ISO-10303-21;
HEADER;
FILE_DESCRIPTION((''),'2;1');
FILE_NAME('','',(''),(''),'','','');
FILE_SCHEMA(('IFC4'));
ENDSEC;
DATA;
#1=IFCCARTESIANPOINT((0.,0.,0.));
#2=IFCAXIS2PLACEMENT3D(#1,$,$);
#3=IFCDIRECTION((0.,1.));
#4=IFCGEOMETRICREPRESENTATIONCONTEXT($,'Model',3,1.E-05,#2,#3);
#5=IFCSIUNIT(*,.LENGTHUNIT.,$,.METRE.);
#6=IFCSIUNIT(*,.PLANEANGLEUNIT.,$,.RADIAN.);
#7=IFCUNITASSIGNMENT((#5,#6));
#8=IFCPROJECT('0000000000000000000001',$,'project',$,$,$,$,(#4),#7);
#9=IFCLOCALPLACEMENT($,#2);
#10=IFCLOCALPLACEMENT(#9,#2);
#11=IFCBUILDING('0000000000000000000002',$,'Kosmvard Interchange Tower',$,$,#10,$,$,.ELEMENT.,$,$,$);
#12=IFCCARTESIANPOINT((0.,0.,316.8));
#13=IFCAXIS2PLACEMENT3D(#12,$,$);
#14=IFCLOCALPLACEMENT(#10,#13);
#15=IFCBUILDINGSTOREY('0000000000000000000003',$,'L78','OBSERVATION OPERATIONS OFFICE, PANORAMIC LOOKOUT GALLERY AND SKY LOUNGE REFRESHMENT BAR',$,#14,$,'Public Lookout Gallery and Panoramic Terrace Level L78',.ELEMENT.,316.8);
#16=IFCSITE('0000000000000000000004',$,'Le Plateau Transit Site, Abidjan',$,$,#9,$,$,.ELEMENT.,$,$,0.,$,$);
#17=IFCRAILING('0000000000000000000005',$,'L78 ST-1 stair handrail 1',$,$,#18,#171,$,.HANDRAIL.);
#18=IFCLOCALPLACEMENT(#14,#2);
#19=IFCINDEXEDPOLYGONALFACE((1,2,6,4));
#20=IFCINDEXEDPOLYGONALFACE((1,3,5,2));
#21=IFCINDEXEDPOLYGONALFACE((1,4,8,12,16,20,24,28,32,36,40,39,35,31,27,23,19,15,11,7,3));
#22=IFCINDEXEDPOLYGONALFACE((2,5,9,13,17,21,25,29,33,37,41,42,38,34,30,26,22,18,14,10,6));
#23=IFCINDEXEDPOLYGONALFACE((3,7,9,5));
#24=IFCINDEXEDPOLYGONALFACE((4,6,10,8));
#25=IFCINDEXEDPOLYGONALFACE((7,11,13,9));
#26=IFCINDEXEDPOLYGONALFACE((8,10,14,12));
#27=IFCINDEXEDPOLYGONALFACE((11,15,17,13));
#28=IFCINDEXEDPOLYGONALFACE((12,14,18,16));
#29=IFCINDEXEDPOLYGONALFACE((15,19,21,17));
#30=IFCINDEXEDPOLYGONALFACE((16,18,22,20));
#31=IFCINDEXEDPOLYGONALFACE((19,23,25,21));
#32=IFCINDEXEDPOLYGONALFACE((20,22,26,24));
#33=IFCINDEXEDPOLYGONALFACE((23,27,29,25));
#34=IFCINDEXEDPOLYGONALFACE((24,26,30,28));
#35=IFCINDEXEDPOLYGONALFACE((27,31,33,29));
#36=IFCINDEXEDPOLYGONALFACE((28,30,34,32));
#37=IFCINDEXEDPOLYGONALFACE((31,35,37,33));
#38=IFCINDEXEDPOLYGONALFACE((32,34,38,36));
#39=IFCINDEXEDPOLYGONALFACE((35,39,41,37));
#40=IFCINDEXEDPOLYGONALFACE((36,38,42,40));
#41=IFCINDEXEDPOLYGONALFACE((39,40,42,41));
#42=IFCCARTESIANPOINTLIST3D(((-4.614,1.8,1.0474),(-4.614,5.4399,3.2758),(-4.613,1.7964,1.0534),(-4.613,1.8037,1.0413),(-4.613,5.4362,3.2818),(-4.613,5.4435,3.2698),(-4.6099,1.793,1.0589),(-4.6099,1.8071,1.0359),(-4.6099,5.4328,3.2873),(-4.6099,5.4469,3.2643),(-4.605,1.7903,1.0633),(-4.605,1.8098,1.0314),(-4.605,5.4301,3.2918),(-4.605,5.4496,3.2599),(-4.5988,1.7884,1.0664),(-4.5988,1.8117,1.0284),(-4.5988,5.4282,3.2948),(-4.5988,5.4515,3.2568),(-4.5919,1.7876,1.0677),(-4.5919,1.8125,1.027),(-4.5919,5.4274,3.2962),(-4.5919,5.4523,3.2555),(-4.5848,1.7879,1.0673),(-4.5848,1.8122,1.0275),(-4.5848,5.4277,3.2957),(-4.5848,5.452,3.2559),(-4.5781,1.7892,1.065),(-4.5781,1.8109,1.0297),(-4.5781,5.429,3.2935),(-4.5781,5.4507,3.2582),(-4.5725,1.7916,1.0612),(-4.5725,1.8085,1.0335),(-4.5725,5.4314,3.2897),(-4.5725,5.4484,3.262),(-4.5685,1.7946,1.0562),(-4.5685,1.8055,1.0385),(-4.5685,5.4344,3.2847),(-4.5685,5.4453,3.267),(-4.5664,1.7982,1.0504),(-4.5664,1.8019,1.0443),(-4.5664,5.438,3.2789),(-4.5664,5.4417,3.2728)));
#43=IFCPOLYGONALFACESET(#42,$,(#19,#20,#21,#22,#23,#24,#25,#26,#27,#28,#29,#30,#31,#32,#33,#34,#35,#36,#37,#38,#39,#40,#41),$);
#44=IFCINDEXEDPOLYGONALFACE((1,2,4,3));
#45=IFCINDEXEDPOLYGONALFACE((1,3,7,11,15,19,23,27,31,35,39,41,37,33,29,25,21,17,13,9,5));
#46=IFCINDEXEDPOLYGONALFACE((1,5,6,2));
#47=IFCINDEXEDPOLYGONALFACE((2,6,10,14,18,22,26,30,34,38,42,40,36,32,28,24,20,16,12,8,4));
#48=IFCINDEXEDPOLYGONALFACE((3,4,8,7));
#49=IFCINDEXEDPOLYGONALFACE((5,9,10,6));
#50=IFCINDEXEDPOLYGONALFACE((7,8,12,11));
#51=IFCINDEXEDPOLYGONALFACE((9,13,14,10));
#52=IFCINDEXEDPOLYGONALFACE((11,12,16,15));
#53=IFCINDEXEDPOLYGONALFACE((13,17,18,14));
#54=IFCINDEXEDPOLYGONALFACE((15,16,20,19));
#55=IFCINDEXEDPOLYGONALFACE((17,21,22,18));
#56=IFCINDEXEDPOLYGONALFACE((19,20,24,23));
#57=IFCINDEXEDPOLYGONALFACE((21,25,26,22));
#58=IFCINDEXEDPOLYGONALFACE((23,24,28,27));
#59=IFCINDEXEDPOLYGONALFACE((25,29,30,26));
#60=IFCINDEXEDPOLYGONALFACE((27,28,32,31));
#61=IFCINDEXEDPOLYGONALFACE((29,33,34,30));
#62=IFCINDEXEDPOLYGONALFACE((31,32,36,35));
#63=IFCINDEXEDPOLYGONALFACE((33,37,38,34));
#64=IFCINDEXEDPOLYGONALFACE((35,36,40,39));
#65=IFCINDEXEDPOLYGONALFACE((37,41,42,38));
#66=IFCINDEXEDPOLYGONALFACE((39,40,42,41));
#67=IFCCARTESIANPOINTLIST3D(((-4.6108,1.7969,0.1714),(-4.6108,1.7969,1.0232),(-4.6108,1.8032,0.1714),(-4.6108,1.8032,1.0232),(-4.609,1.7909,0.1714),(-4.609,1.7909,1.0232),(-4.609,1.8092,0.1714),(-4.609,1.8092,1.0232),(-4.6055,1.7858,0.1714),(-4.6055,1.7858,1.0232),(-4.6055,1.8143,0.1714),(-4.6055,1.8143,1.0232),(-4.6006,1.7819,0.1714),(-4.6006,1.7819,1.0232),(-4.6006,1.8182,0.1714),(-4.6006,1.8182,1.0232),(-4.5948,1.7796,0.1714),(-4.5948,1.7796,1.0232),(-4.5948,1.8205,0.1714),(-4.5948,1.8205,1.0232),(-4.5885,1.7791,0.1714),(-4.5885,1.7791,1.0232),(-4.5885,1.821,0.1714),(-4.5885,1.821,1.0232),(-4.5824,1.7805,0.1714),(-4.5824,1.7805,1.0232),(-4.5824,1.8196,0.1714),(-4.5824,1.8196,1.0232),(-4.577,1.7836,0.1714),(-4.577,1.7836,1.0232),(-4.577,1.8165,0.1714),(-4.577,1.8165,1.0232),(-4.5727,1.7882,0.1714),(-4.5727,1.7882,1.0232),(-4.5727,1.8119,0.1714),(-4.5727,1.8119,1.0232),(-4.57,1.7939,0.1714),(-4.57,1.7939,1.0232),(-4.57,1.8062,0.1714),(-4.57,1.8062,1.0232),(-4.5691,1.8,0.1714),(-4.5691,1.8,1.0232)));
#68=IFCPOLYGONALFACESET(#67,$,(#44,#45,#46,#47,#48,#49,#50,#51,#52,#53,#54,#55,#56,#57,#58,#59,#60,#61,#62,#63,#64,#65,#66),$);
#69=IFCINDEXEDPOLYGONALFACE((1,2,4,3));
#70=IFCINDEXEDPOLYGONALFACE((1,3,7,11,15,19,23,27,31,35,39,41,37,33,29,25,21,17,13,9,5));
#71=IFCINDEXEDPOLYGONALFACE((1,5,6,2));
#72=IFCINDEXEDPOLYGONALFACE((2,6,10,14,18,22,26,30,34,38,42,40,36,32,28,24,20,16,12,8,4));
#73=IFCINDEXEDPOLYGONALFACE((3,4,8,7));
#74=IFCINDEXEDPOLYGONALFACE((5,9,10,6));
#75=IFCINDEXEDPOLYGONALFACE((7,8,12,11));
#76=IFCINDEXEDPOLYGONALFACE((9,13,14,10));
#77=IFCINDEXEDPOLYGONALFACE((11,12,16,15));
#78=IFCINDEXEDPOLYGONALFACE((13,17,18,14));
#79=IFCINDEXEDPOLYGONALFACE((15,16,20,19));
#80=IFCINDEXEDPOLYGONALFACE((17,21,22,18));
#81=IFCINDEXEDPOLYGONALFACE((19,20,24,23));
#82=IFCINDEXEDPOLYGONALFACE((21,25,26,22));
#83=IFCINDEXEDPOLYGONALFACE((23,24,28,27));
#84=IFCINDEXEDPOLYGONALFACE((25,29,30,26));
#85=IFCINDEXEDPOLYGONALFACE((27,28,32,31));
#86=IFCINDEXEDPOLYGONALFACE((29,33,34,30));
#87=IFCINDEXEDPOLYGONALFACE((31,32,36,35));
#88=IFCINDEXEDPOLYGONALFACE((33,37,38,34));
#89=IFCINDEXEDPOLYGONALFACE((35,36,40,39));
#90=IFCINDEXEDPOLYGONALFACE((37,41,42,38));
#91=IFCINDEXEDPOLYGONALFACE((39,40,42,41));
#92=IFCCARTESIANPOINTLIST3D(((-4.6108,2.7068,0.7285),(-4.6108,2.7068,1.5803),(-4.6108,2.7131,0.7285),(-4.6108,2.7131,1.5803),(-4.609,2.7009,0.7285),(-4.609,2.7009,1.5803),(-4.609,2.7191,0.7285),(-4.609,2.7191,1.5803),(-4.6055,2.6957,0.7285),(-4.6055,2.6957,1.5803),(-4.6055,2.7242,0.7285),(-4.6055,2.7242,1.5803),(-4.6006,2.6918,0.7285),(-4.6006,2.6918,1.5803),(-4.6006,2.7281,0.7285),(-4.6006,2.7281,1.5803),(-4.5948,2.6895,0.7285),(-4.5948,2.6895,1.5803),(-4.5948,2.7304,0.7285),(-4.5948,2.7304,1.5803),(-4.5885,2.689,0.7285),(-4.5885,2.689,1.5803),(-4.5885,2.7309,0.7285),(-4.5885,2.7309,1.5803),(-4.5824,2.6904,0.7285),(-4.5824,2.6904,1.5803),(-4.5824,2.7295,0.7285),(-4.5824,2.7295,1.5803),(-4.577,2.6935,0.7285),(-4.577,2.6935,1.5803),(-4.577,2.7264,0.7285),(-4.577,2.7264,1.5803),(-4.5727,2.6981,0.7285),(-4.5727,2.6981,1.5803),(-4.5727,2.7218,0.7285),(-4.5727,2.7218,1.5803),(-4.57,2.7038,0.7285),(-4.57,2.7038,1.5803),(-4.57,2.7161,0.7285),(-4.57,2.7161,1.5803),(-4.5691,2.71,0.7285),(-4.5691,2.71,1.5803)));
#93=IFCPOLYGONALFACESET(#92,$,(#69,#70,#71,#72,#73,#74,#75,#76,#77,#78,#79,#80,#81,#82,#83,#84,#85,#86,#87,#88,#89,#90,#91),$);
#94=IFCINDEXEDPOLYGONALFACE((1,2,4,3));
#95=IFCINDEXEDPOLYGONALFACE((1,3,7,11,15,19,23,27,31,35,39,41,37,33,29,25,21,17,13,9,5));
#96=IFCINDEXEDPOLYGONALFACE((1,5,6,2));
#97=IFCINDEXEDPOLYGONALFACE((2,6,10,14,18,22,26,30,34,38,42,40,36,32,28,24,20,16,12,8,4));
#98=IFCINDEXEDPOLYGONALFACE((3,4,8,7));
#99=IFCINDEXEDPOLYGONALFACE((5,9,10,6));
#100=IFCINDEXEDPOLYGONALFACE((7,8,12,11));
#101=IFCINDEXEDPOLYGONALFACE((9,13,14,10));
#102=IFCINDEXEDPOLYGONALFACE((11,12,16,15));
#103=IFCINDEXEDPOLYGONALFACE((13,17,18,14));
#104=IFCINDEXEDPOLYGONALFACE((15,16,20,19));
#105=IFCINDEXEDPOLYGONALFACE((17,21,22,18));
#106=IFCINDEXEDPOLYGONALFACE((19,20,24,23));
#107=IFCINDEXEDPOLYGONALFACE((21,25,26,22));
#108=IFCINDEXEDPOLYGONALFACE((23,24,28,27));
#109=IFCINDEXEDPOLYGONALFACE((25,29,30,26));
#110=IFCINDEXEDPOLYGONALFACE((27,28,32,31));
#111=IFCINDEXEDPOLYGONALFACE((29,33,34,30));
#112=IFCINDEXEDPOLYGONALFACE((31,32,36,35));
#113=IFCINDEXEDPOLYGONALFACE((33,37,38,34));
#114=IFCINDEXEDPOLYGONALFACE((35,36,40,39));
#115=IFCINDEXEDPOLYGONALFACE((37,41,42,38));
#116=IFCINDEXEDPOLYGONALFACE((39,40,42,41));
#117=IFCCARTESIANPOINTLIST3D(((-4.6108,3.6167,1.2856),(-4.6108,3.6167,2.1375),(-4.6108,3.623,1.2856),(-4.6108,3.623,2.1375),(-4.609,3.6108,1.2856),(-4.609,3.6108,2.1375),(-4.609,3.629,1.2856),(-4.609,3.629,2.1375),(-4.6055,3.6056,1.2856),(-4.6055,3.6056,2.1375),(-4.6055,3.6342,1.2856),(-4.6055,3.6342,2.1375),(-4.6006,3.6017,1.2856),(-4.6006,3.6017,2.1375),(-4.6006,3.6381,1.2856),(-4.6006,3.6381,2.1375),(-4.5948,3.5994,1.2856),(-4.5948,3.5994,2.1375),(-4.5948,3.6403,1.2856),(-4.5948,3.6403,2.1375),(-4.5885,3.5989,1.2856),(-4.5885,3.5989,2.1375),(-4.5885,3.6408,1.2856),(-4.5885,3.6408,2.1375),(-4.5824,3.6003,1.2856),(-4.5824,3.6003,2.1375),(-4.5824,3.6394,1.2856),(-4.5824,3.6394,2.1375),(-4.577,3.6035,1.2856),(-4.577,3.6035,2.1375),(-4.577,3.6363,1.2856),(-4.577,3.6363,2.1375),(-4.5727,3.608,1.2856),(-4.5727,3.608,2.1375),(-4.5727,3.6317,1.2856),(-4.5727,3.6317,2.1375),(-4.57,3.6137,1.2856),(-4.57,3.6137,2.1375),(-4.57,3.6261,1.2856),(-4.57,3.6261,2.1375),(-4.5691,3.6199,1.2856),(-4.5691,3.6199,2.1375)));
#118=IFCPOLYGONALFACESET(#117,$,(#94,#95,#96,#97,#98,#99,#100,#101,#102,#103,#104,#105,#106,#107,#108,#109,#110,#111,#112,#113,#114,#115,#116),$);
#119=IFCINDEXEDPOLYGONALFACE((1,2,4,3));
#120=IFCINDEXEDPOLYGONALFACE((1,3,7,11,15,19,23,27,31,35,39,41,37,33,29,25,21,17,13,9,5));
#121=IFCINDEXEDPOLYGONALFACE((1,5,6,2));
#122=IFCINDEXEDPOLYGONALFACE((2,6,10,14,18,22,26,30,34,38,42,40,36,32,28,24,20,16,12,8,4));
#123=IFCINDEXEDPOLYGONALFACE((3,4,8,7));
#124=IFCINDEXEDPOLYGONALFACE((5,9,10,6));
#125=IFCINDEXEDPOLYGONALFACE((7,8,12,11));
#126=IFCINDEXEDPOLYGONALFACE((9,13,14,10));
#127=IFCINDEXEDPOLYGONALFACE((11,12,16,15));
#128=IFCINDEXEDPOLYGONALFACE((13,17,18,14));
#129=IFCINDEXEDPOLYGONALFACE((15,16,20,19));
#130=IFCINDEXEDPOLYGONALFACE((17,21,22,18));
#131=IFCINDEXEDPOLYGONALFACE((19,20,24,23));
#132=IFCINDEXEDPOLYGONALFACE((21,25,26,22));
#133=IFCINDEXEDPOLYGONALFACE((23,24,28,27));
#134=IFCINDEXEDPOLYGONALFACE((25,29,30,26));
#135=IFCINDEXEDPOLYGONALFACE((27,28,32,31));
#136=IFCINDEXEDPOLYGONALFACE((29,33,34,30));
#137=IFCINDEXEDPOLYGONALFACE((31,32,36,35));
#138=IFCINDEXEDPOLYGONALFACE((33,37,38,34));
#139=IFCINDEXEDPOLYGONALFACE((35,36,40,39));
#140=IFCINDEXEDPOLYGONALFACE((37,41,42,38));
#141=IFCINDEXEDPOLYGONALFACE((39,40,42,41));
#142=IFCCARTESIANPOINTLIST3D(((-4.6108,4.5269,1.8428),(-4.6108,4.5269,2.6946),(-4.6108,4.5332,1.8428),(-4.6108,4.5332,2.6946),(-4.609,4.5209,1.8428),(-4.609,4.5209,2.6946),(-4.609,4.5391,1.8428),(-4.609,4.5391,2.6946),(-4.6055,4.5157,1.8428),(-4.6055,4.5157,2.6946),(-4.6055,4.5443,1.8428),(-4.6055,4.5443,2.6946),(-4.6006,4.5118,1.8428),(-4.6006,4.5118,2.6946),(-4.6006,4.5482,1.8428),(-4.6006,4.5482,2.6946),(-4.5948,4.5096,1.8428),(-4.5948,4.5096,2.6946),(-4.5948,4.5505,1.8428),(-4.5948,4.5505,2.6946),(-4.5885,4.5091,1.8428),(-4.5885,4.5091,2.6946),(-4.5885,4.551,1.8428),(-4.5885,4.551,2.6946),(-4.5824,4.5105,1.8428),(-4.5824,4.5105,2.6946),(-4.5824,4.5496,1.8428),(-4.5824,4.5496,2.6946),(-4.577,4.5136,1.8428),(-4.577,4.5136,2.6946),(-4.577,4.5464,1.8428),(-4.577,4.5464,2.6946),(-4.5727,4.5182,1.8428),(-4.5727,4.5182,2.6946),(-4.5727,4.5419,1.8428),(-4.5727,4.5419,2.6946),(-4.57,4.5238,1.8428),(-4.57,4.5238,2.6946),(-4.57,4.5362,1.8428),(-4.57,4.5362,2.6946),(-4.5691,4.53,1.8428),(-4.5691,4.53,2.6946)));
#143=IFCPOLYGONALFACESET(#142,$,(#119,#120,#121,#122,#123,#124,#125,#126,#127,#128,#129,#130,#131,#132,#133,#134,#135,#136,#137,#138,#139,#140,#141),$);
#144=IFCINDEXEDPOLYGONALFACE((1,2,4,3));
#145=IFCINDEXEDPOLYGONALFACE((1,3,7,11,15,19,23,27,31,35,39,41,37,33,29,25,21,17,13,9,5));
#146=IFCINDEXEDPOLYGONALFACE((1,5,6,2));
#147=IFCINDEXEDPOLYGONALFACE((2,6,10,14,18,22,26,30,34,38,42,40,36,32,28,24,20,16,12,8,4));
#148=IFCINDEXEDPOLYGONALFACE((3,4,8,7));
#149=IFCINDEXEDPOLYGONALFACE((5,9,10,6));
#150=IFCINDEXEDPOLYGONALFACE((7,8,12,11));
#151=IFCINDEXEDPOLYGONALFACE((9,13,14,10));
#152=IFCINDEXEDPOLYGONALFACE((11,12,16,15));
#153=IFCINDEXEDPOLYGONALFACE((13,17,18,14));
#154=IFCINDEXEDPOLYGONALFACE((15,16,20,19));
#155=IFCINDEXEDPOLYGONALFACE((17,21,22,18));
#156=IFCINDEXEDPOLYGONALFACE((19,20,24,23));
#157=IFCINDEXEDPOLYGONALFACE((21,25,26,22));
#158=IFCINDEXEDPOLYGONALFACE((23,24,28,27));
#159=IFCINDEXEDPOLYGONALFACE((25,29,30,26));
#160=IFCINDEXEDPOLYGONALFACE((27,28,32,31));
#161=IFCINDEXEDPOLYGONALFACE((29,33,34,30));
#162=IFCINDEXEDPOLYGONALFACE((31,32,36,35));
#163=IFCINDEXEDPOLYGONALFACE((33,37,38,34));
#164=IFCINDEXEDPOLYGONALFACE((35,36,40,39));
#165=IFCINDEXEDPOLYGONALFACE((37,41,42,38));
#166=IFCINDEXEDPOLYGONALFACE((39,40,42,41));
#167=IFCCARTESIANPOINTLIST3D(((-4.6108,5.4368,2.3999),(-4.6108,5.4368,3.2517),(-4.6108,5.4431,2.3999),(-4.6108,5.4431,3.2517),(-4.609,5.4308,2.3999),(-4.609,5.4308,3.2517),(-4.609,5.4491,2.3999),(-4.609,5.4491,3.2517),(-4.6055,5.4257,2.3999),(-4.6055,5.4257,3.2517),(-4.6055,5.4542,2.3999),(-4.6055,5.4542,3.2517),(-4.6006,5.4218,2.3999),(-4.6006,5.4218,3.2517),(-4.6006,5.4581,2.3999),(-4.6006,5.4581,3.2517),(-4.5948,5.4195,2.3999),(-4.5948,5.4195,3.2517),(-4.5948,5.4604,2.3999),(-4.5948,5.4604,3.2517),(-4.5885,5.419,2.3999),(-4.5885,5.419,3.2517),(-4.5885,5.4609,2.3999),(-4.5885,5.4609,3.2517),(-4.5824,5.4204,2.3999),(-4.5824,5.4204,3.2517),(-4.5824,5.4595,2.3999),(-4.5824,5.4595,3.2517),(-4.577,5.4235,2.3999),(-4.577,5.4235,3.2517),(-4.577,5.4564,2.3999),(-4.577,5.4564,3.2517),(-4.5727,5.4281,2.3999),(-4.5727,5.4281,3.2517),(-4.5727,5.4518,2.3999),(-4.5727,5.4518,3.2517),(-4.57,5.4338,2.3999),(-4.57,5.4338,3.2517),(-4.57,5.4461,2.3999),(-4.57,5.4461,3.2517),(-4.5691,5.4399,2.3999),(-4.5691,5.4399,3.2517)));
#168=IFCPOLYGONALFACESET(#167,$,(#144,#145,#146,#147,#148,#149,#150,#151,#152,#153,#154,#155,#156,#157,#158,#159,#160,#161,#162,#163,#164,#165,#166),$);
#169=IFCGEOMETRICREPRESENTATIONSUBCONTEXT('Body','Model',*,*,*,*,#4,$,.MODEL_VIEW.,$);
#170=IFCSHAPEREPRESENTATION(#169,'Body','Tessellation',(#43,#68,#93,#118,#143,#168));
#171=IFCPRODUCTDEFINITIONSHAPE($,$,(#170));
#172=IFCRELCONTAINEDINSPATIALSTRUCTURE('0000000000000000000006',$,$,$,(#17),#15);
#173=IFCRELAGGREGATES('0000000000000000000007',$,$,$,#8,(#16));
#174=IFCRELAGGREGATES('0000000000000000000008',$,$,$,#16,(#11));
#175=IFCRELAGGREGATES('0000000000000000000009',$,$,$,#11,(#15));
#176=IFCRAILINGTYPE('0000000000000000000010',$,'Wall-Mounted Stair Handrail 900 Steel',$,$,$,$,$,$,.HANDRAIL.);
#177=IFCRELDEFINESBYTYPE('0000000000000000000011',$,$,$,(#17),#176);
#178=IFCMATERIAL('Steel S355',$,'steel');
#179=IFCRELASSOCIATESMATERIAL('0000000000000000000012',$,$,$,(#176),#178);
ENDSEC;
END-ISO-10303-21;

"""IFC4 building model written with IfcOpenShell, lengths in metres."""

from ifc_helpers import new_model, si_unit, direction, frame, origin, origin_2d, place, context, subcontext, project, spatial, circle, extrude, source, transform, mapped, material, type_object, element, save


model = new_model("IFC4")

# Units and contexts
model_context = context("Model", 3, precision=1e-05, world=origin(), true_north=direction((0.0, 1.0)))
body_context = subcontext(model_context, "Body", "Model", "MODEL_VIEW")
ifc_project = project(units=[si_unit("LENGTHUNIT", "METRE"), si_unit("PLANEANGLEUNIT", "RADIAN")], contexts=[model_context])

# Site, building, storey
site_placement = place(None, origin())
site = spatial("IfcSite", under=ifc_project, at=site_placement, Name="Le Plateau Transit Site, Abidjan", CompositionType="ELEMENT", RefElevation=0.0)
building_placement = place(site_placement, origin())
building = spatial("IfcBuilding", under=site, at=building_placement, Name="Kosmvard Interchange Tower", CompositionType="ELEMENT")
storey_placement = place(building_placement, frame((0.0, 0.0, 316.8)))
storey = spatial("IfcBuildingStorey", under=building, at=storey_placement, Name="L78", Description="OBSERVATION OPERATIONS OFFICE, PANORAMIC LOOKOUT GALLERY AND SKY LOUNGE REFRESHMENT BAR", LongName="Public Lookout Gallery and Panoramic Terrace Level L78", CompositionType="ELEMENT", Elevation=316.8)

# Shared definitions
ifc_material_1 = material(Name="Steel S355", Category="steel")

# Railing
railing_type_1 = type_object("IfcRailingType", Name="Wall-Mounted Stair Handrail 900 Steel", PredefinedType="HANDRAIL", material=ifc_material_1)
shared_shape_1 = source(origin(), body_context, "Body", "SweptSolid", [
    extrude(circle(Radius=0.0239, at=origin_2d()), frame((0.0, 0.0, 0.876), z_axis=(0.0, 0.85285, 0.522156), x_axis=(-1.0, 0.0, 0.0)), (0.0, 0.0, 1.0), 4.2678),
    extrude(circle(Radius=0.021, at=origin_2d()), origin(), (0.0, 0.0, 1.0), 0.8518),
    extrude(circle(Radius=0.021, at=origin_2d()), frame((0.0, 0.9099, 0.5571)), (0.0, 0.0, 1.0), 0.8518),
    extrude(circle(Radius=0.021, at=origin_2d()), frame((0.0, 1.8198, 1.1143)), (0.0, 0.0, 1.0), 0.8518),
    extrude(circle(Radius=0.021, at=origin_2d()), frame((0.0, 2.73, 1.6714)), (0.0, 0.0, 1.0), 0.8518),
    extrude(circle(Radius=0.021, at=origin_2d()), frame((0.0, 3.6399, 2.2285)), (0.0, 0.0, 1.0), 0.8518),
])
railing_1_placement = place(storey_placement, frame((-4.5901, 1.8, 0.1714)))
element("IfcRailing", 1, at=railing_1_placement, inside=storey, type_object=railing_type_1, Name="L78 ST-1 stair handrail 1", PredefinedType="HANDRAIL", context=body_context, shape_type="MappedRepresentation", body=[
    mapped(shared_shape_1, transform((0.0, 0.0, 0.0), scale=1.0)),
])

save(model, "model.ifc")
